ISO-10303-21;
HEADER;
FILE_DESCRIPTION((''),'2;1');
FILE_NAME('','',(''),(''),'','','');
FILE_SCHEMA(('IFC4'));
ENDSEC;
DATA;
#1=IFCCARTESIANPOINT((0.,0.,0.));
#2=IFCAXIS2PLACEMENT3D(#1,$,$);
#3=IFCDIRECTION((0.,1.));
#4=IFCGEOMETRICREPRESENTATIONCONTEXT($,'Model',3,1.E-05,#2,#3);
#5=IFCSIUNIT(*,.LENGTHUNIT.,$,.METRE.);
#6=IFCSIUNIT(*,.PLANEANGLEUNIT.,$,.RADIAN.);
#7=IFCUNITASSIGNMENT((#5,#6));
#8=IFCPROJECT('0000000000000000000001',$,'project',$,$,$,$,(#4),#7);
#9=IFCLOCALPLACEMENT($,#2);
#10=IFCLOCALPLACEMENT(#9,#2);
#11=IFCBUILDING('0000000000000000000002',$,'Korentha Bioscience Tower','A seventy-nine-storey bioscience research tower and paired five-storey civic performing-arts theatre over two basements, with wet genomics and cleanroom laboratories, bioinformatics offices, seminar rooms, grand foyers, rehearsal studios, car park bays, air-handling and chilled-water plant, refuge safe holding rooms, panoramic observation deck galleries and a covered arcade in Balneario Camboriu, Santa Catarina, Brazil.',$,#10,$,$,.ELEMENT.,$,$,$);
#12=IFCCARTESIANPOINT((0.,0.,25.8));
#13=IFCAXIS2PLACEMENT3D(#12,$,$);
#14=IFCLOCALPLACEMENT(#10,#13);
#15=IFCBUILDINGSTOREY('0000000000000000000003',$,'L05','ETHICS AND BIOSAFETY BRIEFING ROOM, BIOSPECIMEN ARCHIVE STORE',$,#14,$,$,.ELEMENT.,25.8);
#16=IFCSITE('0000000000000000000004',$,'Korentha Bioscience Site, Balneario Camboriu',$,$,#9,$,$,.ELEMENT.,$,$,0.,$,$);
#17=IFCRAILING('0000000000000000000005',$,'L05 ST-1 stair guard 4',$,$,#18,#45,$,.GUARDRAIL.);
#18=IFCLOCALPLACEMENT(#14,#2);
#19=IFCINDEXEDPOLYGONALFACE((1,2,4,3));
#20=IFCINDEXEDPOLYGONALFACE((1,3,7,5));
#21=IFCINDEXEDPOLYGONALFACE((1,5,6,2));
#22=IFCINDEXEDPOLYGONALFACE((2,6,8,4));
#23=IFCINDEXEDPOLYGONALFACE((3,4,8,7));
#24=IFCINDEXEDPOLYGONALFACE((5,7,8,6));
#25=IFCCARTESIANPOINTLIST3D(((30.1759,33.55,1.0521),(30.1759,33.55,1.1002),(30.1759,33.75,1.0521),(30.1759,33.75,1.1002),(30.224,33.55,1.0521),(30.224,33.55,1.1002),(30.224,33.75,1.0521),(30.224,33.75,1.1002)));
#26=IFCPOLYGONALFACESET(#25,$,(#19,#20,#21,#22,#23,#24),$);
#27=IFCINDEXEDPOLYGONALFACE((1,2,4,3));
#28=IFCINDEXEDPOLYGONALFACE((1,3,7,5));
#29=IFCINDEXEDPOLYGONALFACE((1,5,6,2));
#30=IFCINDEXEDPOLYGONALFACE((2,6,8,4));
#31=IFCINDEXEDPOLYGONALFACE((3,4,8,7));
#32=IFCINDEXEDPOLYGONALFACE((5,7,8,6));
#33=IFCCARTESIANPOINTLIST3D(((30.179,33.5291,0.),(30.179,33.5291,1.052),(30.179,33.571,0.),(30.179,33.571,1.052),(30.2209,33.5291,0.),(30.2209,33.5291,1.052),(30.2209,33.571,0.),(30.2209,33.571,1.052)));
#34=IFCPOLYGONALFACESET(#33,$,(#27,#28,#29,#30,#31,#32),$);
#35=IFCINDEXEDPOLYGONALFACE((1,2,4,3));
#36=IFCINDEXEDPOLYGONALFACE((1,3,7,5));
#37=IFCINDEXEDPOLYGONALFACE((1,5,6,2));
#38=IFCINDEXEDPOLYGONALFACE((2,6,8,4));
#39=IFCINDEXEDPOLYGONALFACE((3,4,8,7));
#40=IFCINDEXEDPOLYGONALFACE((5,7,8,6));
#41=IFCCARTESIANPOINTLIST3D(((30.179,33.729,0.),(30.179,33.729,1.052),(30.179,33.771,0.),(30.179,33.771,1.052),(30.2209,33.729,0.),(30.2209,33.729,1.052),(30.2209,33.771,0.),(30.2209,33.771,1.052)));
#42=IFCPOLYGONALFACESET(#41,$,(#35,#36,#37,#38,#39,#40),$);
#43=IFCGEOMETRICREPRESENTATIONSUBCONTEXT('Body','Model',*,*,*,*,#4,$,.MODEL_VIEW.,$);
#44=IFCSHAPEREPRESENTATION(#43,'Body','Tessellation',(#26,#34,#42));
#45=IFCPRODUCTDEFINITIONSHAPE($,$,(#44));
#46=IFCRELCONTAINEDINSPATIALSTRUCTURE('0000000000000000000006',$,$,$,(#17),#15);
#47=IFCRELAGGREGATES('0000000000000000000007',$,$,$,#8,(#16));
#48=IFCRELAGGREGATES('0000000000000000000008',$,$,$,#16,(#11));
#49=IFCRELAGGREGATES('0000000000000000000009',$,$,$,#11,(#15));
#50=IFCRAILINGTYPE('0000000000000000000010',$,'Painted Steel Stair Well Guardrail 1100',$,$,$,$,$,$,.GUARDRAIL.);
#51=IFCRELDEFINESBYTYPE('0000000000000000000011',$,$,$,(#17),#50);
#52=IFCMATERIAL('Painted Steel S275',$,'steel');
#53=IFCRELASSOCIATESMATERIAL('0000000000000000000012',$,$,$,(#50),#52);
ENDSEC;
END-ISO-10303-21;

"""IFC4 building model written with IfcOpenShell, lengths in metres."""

from ifc_helpers import new_model, si_unit, direction, frame, origin, origin_2d, place, context, subcontext, project, spatial, rectangle, extrude, material, type_object, element, save


model = new_model("IFC4")

# Units and contexts
model_context = context("Model", 3, precision=1e-05, world=origin(), true_north=direction((0.0, 1.0)))
body_context = subcontext(model_context, "Body", "Model", "MODEL_VIEW")
ifc_project = project(units=[si_unit("LENGTHUNIT", "METRE"), si_unit("PLANEANGLEUNIT", "RADIAN")], contexts=[model_context])

# Site, building, storey
site_placement = place(None, origin())
site = spatial("IfcSite", under=ifc_project, at=site_placement, Name="Korentha Bioscience Site, Balneario Camboriu", CompositionType="ELEMENT", RefElevation=0.0)
building_placement = place(site_placement, origin())
building = spatial("IfcBuilding", under=site, at=building_placement, Name="Korentha Bioscience Tower", Description="A seventy-nine-storey bioscience research tower and paired five-storey civic performing-arts theatre over two basements, with wet genomics and cleanroom laboratories, bioinformatics offices, seminar rooms, grand foyers, rehearsal studios, car park bays, air-handling and chilled-water plant, refuge safe holding rooms, panoramic observation deck galleries and a covered arcade in Balneario Camboriu, Santa Catarina, Brazil.", CompositionType="ELEMENT")
storey_placement = place(building_placement, frame((0.0, 0.0, 25.8)))
storey = spatial("IfcBuildingStorey", under=building, at=storey_placement, Name="L05", Description="ETHICS AND BIOSAFETY BRIEFING ROOM, BIOSPECIMEN ARCHIVE STORE", CompositionType="ELEMENT", Elevation=25.8)

# Railing
ifc_material_1 = material(Name="Painted Steel S275", Category="steel")
railing_type_1 = type_object("IfcRailingType", Name="Painted Steel Stair Well Guardrail 1100", PredefinedType="GUARDRAIL", material=ifc_material_1)
railing_1_placement = place(storey_placement, frame((30.2, 33.55, 0.0)))
element("IfcRailing", 1, at=railing_1_placement, inside=storey, type_object=railing_type_1, Name="L05 ST-1 stair guard 4", PredefinedType="GUARDRAIL", context=body_context, shape_type="SweptSolid", body=[
    extrude(rectangle(XDim=0.0481, YDim=0.0481, at=origin_2d()), frame((0.0, 0.0, 1.0762), z_axis=(0.0, 1.0, 0.0), x_axis=(-1.0, 0.0, 0.0)), (0.0, 0.0, 1.0), 0.2),
    extrude(rectangle(XDim=0.042, YDim=0.042, at=origin_2d()), origin(), (0.0, 0.0, 1.0), 1.052),
    extrude(rectangle(XDim=0.042, YDim=0.042, at=origin_2d()), frame((0.0, 0.2, 0.0)), (0.0, 0.0, 1.0), 1.052),
])

save(model, "model.ifc")
